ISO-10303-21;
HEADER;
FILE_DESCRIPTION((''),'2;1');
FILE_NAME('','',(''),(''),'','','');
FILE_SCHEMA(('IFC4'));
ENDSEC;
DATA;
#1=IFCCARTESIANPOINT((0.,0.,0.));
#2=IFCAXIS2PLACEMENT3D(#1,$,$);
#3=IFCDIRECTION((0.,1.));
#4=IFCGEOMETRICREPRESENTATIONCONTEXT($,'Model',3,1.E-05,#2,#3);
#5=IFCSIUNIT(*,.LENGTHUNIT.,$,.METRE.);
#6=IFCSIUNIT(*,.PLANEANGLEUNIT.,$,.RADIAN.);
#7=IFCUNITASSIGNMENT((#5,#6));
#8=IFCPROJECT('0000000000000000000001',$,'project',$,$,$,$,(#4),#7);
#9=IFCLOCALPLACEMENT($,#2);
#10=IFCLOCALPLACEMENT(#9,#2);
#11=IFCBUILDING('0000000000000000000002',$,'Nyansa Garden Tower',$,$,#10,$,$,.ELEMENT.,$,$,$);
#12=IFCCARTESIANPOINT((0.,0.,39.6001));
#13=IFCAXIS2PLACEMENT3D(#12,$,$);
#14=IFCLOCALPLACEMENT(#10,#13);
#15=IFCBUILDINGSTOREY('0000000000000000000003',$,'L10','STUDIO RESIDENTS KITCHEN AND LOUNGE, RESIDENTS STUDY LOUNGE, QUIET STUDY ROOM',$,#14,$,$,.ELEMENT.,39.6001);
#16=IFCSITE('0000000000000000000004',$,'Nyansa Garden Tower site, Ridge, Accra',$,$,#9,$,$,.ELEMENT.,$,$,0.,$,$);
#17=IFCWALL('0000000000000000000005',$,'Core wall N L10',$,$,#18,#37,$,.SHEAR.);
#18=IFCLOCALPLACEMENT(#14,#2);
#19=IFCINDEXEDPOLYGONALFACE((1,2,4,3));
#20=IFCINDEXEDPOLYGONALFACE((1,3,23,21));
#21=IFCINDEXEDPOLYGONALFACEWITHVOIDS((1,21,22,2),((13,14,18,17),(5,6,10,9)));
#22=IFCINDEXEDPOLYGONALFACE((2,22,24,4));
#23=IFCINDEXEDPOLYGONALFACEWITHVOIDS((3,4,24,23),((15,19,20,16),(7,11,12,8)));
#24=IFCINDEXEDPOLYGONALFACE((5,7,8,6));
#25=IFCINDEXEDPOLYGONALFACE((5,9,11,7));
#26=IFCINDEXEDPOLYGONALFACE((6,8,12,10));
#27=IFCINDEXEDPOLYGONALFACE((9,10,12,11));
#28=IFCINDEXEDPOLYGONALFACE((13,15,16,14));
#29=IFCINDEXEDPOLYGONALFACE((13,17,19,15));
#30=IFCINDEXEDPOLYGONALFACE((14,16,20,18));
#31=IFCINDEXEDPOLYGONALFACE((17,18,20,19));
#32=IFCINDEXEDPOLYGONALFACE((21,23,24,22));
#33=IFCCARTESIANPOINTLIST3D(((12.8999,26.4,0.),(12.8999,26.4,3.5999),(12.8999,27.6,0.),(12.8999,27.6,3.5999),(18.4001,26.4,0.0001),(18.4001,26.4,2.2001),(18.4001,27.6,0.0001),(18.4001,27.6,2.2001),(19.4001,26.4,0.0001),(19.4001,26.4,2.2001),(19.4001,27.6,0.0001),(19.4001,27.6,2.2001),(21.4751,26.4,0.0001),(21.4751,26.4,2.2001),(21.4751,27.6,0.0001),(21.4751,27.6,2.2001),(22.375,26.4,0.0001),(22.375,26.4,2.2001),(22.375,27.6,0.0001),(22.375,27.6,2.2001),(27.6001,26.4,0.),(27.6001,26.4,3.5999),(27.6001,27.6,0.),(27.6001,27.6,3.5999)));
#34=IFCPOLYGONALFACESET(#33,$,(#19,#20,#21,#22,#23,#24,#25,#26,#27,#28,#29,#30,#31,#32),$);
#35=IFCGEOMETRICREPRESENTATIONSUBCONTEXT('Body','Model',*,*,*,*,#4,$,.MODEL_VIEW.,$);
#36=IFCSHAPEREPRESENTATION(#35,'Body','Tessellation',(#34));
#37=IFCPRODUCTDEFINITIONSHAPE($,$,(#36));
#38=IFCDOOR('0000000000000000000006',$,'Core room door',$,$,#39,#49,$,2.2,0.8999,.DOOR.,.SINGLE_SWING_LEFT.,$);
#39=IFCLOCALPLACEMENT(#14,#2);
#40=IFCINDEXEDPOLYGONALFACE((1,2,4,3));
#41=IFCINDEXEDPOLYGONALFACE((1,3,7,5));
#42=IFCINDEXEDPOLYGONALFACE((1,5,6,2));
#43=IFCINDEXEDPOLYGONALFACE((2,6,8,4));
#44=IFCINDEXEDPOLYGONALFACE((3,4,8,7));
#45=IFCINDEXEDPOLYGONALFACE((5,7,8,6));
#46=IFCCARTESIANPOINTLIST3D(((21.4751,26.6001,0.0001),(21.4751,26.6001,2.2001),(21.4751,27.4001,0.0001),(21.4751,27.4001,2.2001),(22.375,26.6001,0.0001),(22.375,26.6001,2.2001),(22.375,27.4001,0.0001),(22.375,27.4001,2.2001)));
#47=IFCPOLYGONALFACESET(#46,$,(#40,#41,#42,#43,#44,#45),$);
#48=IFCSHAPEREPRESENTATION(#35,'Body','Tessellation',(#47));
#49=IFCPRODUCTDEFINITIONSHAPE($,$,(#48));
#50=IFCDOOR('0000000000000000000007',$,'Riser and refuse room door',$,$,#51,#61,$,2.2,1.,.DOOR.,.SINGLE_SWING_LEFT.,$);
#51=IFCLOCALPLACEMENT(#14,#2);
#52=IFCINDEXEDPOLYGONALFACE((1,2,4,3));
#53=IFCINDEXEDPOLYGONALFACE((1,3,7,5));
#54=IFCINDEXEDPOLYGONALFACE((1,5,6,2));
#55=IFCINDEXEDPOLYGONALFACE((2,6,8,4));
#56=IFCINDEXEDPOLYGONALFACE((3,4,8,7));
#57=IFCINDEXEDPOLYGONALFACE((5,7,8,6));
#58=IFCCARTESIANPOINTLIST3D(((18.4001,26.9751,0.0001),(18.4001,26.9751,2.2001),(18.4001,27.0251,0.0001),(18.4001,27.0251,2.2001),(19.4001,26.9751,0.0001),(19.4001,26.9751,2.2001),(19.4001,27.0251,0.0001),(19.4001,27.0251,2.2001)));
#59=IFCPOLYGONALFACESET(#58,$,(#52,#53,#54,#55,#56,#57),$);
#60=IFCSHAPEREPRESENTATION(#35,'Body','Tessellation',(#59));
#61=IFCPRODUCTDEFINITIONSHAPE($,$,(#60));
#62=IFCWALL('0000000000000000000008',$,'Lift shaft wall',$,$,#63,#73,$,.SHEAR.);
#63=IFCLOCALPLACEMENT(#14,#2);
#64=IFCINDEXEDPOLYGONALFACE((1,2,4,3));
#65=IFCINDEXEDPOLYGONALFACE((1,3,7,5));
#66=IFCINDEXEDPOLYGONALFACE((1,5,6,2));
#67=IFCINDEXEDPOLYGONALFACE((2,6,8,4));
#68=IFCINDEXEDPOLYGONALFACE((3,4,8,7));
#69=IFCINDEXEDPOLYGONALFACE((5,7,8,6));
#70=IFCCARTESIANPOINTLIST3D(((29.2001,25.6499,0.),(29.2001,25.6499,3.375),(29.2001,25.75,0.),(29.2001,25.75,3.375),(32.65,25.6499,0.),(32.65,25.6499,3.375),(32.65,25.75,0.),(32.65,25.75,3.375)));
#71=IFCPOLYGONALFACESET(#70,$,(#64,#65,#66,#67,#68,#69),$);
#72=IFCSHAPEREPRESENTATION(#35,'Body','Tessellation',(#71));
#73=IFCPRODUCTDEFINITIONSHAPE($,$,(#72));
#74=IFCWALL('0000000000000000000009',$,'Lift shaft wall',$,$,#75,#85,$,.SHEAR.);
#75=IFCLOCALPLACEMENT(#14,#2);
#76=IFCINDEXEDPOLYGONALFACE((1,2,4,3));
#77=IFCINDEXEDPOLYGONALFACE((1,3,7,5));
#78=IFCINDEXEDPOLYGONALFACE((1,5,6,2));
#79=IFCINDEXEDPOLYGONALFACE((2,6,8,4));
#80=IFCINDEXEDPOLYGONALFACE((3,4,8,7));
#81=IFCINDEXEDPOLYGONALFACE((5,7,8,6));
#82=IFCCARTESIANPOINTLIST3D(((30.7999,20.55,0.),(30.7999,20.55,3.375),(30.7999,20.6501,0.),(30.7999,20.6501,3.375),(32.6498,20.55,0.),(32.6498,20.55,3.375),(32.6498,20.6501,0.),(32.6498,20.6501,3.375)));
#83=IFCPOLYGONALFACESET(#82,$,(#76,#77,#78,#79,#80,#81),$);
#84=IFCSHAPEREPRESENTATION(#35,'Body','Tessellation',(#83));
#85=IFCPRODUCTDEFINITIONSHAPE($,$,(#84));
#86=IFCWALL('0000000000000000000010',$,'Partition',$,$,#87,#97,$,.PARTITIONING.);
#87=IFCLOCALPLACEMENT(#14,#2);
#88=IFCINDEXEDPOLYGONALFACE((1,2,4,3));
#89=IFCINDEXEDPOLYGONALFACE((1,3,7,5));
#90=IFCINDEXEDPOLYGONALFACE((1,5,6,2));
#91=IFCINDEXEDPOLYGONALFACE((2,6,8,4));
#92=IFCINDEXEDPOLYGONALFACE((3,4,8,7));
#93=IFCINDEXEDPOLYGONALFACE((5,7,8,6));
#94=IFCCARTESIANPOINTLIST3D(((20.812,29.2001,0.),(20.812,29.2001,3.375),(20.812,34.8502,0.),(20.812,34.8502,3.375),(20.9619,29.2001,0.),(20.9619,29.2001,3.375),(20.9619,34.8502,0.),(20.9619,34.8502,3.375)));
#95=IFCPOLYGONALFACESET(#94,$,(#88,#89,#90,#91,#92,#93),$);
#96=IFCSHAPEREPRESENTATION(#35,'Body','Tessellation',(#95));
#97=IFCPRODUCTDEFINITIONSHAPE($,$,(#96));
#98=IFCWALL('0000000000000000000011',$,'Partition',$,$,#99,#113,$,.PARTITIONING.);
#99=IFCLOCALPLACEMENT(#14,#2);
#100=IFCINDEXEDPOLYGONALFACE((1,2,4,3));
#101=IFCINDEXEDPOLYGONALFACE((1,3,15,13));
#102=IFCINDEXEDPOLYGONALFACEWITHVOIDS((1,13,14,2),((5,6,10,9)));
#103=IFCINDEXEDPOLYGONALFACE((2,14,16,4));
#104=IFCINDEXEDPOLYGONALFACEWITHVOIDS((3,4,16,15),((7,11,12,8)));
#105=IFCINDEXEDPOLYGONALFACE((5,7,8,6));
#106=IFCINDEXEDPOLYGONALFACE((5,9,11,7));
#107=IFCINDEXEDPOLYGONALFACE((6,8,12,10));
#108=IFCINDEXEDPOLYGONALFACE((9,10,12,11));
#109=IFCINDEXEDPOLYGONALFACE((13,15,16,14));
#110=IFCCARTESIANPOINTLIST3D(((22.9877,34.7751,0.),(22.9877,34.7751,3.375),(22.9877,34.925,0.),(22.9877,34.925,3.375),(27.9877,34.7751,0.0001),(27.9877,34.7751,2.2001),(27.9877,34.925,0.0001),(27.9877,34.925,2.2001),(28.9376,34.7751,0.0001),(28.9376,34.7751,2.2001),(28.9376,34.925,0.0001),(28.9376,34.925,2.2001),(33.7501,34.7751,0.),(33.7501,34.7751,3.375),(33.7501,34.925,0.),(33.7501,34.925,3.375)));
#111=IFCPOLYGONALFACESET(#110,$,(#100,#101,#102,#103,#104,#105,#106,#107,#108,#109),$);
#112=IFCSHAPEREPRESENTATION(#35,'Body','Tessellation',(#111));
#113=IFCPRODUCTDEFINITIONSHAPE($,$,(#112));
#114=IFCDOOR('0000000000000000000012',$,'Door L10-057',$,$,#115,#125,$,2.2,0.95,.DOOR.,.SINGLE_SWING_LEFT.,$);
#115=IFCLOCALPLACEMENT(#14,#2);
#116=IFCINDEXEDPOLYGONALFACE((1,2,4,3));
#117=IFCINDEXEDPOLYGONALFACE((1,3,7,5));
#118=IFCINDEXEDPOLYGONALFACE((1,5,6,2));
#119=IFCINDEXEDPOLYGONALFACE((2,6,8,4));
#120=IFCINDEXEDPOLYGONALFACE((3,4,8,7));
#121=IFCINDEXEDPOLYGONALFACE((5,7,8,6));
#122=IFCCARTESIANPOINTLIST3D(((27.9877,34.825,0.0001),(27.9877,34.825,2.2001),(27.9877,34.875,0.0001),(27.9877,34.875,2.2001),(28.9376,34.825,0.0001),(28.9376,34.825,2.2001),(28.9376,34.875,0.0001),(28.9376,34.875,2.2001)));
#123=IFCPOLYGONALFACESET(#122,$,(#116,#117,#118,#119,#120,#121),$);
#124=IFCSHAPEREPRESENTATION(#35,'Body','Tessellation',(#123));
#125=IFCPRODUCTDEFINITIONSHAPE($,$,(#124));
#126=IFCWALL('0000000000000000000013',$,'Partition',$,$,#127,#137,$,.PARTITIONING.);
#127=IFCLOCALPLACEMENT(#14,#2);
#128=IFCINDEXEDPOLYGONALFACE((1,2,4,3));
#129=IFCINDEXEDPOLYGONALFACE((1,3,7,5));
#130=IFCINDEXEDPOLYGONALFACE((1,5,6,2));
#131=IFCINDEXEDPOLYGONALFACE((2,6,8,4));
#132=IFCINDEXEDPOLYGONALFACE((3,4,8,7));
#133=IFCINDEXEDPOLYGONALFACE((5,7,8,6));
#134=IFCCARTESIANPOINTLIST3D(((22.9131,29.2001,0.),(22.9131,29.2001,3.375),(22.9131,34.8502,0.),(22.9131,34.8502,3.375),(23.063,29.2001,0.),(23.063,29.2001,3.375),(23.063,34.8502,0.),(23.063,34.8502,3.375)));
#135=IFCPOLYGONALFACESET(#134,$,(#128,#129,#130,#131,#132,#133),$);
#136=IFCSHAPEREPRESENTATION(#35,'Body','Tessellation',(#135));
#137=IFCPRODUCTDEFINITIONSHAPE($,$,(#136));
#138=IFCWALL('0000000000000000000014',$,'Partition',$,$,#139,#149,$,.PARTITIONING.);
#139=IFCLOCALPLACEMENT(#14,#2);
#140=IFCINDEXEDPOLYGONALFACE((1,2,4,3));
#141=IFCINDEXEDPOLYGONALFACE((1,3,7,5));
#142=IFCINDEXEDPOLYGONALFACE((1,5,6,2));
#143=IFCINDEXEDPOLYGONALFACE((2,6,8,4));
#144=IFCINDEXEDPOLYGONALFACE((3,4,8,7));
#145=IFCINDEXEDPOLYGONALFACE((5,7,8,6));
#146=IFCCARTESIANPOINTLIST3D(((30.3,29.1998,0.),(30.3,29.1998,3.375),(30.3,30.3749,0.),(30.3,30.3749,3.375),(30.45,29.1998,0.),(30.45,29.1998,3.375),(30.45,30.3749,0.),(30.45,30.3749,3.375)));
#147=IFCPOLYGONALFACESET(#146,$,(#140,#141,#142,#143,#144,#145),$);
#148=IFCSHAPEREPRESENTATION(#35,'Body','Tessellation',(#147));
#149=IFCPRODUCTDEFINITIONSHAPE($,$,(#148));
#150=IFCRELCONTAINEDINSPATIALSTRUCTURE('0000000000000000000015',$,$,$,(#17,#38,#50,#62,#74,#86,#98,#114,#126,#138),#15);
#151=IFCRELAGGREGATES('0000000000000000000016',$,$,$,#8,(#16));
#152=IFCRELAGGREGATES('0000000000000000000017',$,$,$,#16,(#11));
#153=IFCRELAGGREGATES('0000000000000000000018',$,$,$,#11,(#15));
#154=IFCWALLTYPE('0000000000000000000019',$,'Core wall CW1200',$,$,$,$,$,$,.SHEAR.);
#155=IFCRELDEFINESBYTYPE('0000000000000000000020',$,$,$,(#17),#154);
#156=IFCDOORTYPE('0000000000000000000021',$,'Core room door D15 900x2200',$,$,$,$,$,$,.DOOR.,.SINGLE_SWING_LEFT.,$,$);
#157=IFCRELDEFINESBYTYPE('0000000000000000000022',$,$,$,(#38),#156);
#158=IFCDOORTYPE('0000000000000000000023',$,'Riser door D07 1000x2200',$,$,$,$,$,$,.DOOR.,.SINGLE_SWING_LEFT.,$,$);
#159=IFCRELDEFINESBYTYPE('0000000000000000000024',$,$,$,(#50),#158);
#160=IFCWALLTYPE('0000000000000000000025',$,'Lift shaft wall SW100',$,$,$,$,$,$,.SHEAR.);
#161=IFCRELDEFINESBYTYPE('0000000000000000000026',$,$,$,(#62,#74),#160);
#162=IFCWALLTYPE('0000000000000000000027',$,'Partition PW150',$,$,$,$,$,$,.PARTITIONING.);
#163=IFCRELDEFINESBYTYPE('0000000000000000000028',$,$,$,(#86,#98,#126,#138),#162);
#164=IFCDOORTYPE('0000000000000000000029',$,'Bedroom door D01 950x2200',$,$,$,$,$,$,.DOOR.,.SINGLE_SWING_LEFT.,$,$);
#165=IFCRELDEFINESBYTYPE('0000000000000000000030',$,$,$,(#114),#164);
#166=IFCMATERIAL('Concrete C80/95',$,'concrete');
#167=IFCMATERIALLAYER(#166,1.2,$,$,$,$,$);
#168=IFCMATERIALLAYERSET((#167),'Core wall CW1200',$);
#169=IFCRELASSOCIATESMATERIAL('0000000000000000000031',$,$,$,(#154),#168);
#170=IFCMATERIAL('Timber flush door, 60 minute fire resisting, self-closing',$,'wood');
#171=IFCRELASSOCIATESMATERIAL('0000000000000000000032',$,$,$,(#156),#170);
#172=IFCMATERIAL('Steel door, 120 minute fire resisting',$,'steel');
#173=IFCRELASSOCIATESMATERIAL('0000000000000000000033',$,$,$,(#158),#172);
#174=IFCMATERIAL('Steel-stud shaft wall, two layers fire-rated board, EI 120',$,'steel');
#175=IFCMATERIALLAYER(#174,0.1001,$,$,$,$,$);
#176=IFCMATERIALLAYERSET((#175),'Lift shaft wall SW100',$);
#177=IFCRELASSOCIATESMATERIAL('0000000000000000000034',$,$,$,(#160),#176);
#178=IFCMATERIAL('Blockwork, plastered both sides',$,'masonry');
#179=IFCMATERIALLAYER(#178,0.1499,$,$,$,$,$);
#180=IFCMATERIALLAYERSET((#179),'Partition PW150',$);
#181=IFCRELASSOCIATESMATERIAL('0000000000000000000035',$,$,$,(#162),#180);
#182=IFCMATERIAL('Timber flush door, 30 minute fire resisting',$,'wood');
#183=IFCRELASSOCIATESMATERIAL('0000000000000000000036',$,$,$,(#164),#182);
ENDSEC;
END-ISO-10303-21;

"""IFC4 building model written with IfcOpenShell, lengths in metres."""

from ifc_helpers import new_model, si_unit, direction, frame, frame_2d, origin, place, context, subcontext, project, spatial, rectangle, extrude, material, layer, layer_set, type_object, element, fill, save


model = new_model("IFC4")

# Units and contexts
model_context = context("Model", 3, precision=1e-05, world=origin(), true_north=direction((0.0, 1.0)))
body_context = subcontext(model_context, "Body", "Model", "MODEL_VIEW")
ifc_project = project(units=[si_unit("LENGTHUNIT", "METRE"), si_unit("PLANEANGLEUNIT", "RADIAN")], contexts=[model_context])

# Site, building, storey
site_placement = place(None, origin())
site = spatial("IfcSite", under=ifc_project, at=site_placement, Name="Nyansa Garden Tower site, Ridge, Accra", CompositionType="ELEMENT", RefElevation=0.0)
building_placement = place(site_placement, origin())
building = spatial("IfcBuilding", under=site, at=building_placement, Name="Nyansa Garden Tower", CompositionType="ELEMENT")
storey_placement = place(building_placement, frame((0.0, 0.0, 39.6001)))
storey = spatial("IfcBuildingStorey", under=building, at=storey_placement, Name="L10", Description="STUDIO RESIDENTS KITCHEN AND LOUNGE, RESIDENTS STUDY LOUNGE, QUIET STUDY ROOM", CompositionType="ELEMENT", Elevation=39.6001)

# Wall, openings, doors
ifc_material_1 = material(Name="Concrete C80/95", Category="concrete")
ifc_layer_1 = layer(ifc_material_1, 1.2)
ifc_layer_set_1 = layer_set([ifc_layer_1], Name="Core wall CW1200")
wall_type_1 = type_object("IfcWallType", Name="Core wall CW1200", PredefinedType="SHEAR", material=ifc_layer_set_1)
wall_1_placement = place(storey_placement, frame((27.6001, 27.0, 0.0), z_axis=(0.0, 0.0, 1.0), x_axis=(-1.0, 0.0, 0.0)))
wall_1 = element("IfcWall", 1, at=wall_1_placement, inside=storey, type_object=wall_type_1, Name="Core wall N L10", PredefinedType="SHEAR", context=body_context, shape_type="SweptSolid", body=[
    extrude(rectangle(XDim=14.7002, YDim=1.2, at=frame_2d((7.3501, 0.0))), origin(), (0.0, 0.0, 1.0), 3.5999),
])
opening_1_placement = place(wall_1_placement, frame((5.2251, 0.0, 0.0)))
opening_1 = element("IfcOpeningElement", 2, at=opening_1_placement, cuts=wall_1, PredefinedType="OPENING", context=body_context, shape_type="SweptSolid", body=[
    extrude(rectangle(XDim=0.8999, YDim=2.2, at=frame_2d((0.45, 1.1001))), frame((0.0, 0.6099, 0.0), z_axis=(0.0, -1.0, 0.0), x_axis=(1.0, 0.0, 0.0)), (0.0, 0.0, 1.0), 1.22),
])
opening_2_placement = place(wall_1_placement, frame((8.2, 0.0, 0.0)))
opening_2 = element("IfcOpeningElement", 3, at=opening_2_placement, cuts=wall_1, PredefinedType="OPENING", context=body_context, shape_type="SweptSolid", body=[
    extrude(rectangle(XDim=1.0, YDim=2.2, at=frame_2d((0.5, 1.1001))), frame((0.0, 0.6099, 0.0), z_axis=(0.0, -1.0, 0.0), x_axis=(1.0, 0.0, 0.0)), (0.0, 0.0, 1.0), 1.22),
])
ifc_material_2 = material(Name="Timber flush door, 60 minute fire resisting, self-closing", Category="wood")
door_type_1 = type_object("IfcDoorType", Name="Core room door D15 900x2200", OperationType="SINGLE_SWING_LEFT", PredefinedType="DOOR", material=ifc_material_2)
door_1_placement = place(opening_1_placement, origin())
door_1 = element("IfcDoor", 4, at=door_1_placement, inside=storey, type_object=door_type_1, Name="Core room door", OperationType="SINGLE_SWING_LEFT", OverallHeight=2.2, OverallWidth=0.8999, PredefinedType="DOOR", context=body_context, shape_type="SweptSolid", body=[
    extrude(rectangle(XDim=0.8999, YDim=2.2, at=frame_2d((0.45, 1.1001))), frame((0.0, 0.3999, 0.0), z_axis=(0.0, -1.0, 0.0), x_axis=(1.0, 0.0, 0.0)), (0.0, 0.0, 1.0), 0.8),
])
fill(opening_1, door_1)
ifc_material_3 = material(Name="Steel door, 120 minute fire resisting", Category="steel")
door_type_2 = type_object("IfcDoorType", Name="Riser door D07 1000x2200", OperationType="SINGLE_SWING_LEFT", PredefinedType="DOOR", material=ifc_material_3)
door_2_placement = place(opening_2_placement, origin())
door_2 = element("IfcDoor", 5, at=door_2_placement, inside=storey, type_object=door_type_2, Name="Riser and refuse room door", OperationType="SINGLE_SWING_LEFT", OverallHeight=2.2, OverallWidth=1.0, PredefinedType="DOOR", context=body_context, shape_type="SweptSolid", body=[
    extrude(rectangle(XDim=1.0, YDim=2.2, at=frame_2d((0.5, 1.1001))), frame((0.0, 0.0249, 0.0), z_axis=(0.0, -1.0, 0.0), x_axis=(1.0, 0.0, 0.0)), (0.0, 0.0, 1.0), 0.05),
])
fill(opening_2, door_2)

# Walls
ifc_material_4 = material(Name="Steel-stud shaft wall, two layers fire-rated board, EI 120", Category="steel")
ifc_layer_2 = layer(ifc_material_4, 0.1001)
ifc_layer_set_2 = layer_set([ifc_layer_2], Name="Lift shaft wall SW100")
wall_type_2 = type_object("IfcWallType", Name="Lift shaft wall SW100", PredefinedType="SHEAR", material=ifc_layer_set_2)
wall_2_placement = place(storey_placement, frame((29.2, 25.7, 0.0), z_axis=(0.0, 0.0, 1.0), x_axis=(1.0, 0.0, 0.0)))
element("IfcWall", 6, at=wall_2_placement, inside=storey, type_object=wall_type_2, Name="Lift shaft wall", PredefinedType="SHEAR", context=body_context, shape_type="SweptSolid", body=[
    extrude(rectangle(XDim=3.45, YDim=0.1001, at=frame_2d((1.7251, 0.0))), origin(), (0.0, 0.0, 1.0), 3.375),
])
wall_3_placement = place(storey_placement, frame((30.8, 20.6001, 0.0), z_axis=(0.0, 0.0, 1.0), x_axis=(1.0, 0.0, 0.0)))
element("IfcWall", 7, at=wall_3_placement, inside=storey, type_object=wall_type_2, Name="Lift shaft wall", PredefinedType="SHEAR", context=body_context, shape_type="SweptSolid", body=[
    extrude(rectangle(XDim=1.8499, YDim=0.1001, at=frame_2d((0.9248, 0.0))), origin(), (0.0, 0.0, 1.0), 3.375),
])
ifc_material_5 = material(Name="Blockwork, plastered both sides", Category="masonry")
ifc_layer_3 = layer(ifc_material_5, 0.1499)
ifc_layer_set_3 = layer_set([ifc_layer_3], Name="Partition PW150")
wall_type_3 = type_object("IfcWallType", Name="Partition PW150", PredefinedType="PARTITIONING", material=ifc_layer_set_3)
wall_4_placement = place(storey_placement, frame((20.887, 29.2, 0.0), z_axis=(0.0, 0.0, 1.0), x_axis=(0.0, 1.0, 0.0)))
element("IfcWall", 8, at=wall_4_placement, inside=storey, type_object=wall_type_3, Name="Partition", PredefinedType="PARTITIONING", context=body_context, shape_type="SweptSolid", body=[
    extrude(rectangle(XDim=5.6501, YDim=0.1499, at=frame_2d((2.8252, 0.0))), origin(), (0.0, 0.0, 1.0), 3.375),
])

# Wall, opening, door
wall_5_placement = place(storey_placement, frame((22.9875, 34.8501, 0.0), z_axis=(0.0, 0.0, 1.0), x_axis=(1.0, 0.0, 0.0)))
wall_5 = element("IfcWall", 9, at=wall_5_placement, inside=storey, type_object=wall_type_3, Name="Partition", PredefinedType="PARTITIONING", context=body_context, shape_type="SweptSolid", body=[
    extrude(rectangle(XDim=10.7625, YDim=0.1499, at=frame_2d((5.3813, 0.0))), origin(), (0.0, 0.0, 1.0), 3.375),
])
opening_3_placement = place(wall_5_placement, frame((5.0, 0.0, 0.0)))
opening_3 = element("IfcOpeningElement", 10, at=opening_3_placement, cuts=wall_5, PredefinedType="OPENING", context=body_context, shape_type="SweptSolid", body=[
    extrude(rectangle(XDim=0.95, YDim=2.2, at=frame_2d((0.4751, 1.1001))), frame((0.0, 0.085, 0.0), z_axis=(0.0, -1.0, 0.0), x_axis=(1.0, 0.0, 0.0)), (0.0, 0.0, 1.0), 0.1699),
])
ifc_material_6 = material(Name="Timber flush door, 30 minute fire resisting", Category="wood")
door_type_3 = type_object("IfcDoorType", Name="Bedroom door D01 950x2200", OperationType="SINGLE_SWING_LEFT", PredefinedType="DOOR", material=ifc_material_6)
door_3_placement = place(opening_3_placement, origin())
door_3 = element("IfcDoor", 11, at=door_3_placement, inside=storey, type_object=door_type_3, Name="Door L10-057", OperationType="SINGLE_SWING_LEFT", OverallHeight=2.2, OverallWidth=0.95, PredefinedType="DOOR", context=body_context, shape_type="SweptSolid", body=[
    extrude(rectangle(XDim=0.95, YDim=2.2, at=frame_2d((0.4751, 1.1001))), frame((0.0, 0.0249, 0.0), z_axis=(0.0, -1.0, 0.0), x_axis=(1.0, 0.0, 0.0)), (0.0, 0.0, 1.0), 0.05),
])
fill(opening_3, door_3)

# Walls
wall_6_placement = place(storey_placement, frame((22.988, 29.2, 0.0), z_axis=(0.0, 0.0, 1.0), x_axis=(0.0, 1.0, 0.0)))
element("IfcWall", 12, at=wall_6_placement, inside=storey, type_object=wall_type_3, Name="Partition", PredefinedType="PARTITIONING", context=body_context, shape_type="SweptSolid", body=[
    extrude(rectangle(XDim=5.6501, YDim=0.1499, at=frame_2d((2.8252, 0.0))), origin(), (0.0, 0.0, 1.0), 3.375),
])
wall_7_placement = place(storey_placement, frame((30.375, 29.2, 0.0), z_axis=(0.0, 0.0, 1.0), x_axis=(0.0, 1.0, 0.0)))
element("IfcWall", 13, at=wall_7_placement, inside=storey, type_object=wall_type_3, Name="Partition", PredefinedType="PARTITIONING", context=body_context, shape_type="SweptSolid", body=[
    extrude(rectangle(XDim=1.175, YDim=0.1499, at=frame_2d((0.5874, 0.0))), origin(), (0.0, 0.0, 1.0), 3.375),
])

save(model, "model.ifc")
